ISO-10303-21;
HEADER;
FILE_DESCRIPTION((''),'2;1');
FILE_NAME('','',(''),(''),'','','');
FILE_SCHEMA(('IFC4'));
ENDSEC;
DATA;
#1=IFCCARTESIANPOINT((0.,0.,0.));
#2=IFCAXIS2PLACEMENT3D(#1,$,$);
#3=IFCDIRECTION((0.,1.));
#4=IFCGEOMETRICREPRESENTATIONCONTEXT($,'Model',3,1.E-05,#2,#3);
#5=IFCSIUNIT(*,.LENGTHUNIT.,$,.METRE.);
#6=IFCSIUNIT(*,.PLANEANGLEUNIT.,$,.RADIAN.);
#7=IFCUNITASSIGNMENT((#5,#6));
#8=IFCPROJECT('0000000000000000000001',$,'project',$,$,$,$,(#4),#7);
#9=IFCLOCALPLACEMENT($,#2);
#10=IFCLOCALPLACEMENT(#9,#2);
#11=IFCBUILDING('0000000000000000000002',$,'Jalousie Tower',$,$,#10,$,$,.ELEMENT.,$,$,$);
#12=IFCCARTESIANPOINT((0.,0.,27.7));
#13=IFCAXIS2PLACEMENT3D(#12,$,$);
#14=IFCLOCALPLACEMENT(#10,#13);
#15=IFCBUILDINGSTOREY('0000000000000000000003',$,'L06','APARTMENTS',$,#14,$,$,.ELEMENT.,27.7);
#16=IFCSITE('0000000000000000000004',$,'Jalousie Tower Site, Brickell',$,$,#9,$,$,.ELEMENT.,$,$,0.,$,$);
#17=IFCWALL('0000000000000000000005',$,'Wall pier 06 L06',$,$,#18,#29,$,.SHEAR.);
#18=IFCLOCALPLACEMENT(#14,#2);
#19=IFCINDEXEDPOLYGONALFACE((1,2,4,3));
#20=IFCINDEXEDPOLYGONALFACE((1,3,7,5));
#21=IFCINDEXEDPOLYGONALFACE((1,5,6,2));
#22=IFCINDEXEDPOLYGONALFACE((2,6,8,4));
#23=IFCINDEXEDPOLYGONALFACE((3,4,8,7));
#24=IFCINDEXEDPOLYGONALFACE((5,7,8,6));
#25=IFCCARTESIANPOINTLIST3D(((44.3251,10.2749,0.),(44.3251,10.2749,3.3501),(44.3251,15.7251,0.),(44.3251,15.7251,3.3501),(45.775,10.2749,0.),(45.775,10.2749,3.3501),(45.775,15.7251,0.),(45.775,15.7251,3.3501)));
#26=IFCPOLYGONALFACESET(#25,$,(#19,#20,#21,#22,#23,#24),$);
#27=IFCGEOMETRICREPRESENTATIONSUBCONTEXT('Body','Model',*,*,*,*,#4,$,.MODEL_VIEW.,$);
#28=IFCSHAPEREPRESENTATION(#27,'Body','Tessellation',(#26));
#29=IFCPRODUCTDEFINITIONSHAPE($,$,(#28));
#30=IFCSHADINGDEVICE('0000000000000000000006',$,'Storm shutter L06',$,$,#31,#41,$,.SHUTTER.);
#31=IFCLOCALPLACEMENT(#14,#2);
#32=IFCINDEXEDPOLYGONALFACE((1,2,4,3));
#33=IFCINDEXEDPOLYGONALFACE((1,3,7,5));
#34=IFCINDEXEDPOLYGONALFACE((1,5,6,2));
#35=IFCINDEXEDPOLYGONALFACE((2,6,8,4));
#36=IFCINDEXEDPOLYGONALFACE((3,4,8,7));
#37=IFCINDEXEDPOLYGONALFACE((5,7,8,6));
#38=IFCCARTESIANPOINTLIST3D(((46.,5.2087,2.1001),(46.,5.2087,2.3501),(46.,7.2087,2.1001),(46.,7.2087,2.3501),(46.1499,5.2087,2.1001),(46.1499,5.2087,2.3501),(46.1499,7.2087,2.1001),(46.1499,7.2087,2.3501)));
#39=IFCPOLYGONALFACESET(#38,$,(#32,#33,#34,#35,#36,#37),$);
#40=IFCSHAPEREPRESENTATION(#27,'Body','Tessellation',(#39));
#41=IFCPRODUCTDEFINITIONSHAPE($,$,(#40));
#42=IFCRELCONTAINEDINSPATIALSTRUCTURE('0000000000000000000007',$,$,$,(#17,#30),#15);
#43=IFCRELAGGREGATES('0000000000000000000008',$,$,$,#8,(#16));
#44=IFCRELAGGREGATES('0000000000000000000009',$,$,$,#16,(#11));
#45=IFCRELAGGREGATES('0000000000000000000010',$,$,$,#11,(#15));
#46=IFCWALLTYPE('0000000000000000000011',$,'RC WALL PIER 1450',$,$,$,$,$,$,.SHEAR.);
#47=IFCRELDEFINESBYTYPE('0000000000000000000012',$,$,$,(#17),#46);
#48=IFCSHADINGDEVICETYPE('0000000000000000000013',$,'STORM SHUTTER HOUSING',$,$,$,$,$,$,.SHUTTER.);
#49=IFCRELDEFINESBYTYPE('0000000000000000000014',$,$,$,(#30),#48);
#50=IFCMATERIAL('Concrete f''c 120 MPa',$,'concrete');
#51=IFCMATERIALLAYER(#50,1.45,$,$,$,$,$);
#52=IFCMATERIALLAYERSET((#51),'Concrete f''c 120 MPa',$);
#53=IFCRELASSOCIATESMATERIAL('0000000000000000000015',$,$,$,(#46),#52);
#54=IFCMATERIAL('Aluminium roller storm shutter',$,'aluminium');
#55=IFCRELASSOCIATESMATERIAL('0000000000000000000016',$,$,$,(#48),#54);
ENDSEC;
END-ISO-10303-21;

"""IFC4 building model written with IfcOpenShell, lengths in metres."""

from ifc_helpers import new_model, si_unit, direction, frame, frame_2d, origin, origin_2d, place, context, subcontext, project, spatial, rectangle, extrude, material, layer, layer_set, type_object, element, save


model = new_model("IFC4")

# Units and contexts
model_context = context("Model", 3, precision=1e-05, world=origin(), true_north=direction((0.0, 1.0)))
body_context = subcontext(model_context, "Body", "Model", "MODEL_VIEW")
ifc_project = project(units=[si_unit("LENGTHUNIT", "METRE"), si_unit("PLANEANGLEUNIT", "RADIAN")], contexts=[model_context])

# Site, building, storey
site_placement = place(None, origin())
site = spatial("IfcSite", under=ifc_project, at=site_placement, Name="Jalousie Tower Site, Brickell", CompositionType="ELEMENT", RefElevation=0.0)
building_placement = place(site_placement, origin())
building = spatial("IfcBuilding", under=site, at=building_placement, Name="Jalousie Tower", CompositionType="ELEMENT")
storey_placement = place(building_placement, frame((0.0, 0.0, 27.7)))
storey = spatial("IfcBuildingStorey", under=building, at=storey_placement, Name="L06", Description="APARTMENTS", CompositionType="ELEMENT", Elevation=27.7)

# Wall
ifc_material_1 = material(Name="Concrete f'c 120 MPa", Category="concrete")
ifc_layer_1 = layer(ifc_material_1, 1.45)
ifc_layer_set_1 = layer_set([ifc_layer_1], Name="Concrete f'c 120 MPa")
wall_type_1 = type_object("IfcWallType", Name="RC WALL PIER 1450", PredefinedType="SHEAR", material=ifc_layer_set_1)
wall_1_placement = place(storey_placement, frame((45.05, 10.2749, 0.0), z_axis=(0.0, 0.0, 1.0), x_axis=(0.0, 1.0, 0.0)))
element("IfcWall", 1, at=wall_1_placement, inside=storey, type_object=wall_type_1, Name="Wall pier 06 L06", PredefinedType="SHEAR", context=body_context, shape_type="SweptSolid", body=[
    extrude(rectangle(XDim=5.4502, YDim=1.45, at=frame_2d((2.7251, 0.0))), origin(), (0.0, 0.0, 1.0), 3.3501),
])

# Shading device
ifc_material_2 = material(Name="Aluminium roller storm shutter", Category="aluminium")
shading_device_type = type_object("IfcShadingDeviceType", Name="STORM SHUTTER HOUSING", PredefinedType="SHUTTER", material=ifc_material_2)
shading_device_placement = place(storey_placement, frame((46.075, 6.2087, 2.1001), z_axis=(0.0, 0.0, 1.0), x_axis=(0.0, 1.0, 0.0)))
element("IfcShadingDevice", 2, at=shading_device_placement, inside=storey, type_object=shading_device_type, Name="Storm shutter L06", PredefinedType="SHUTTER", context=body_context, shape_type="SweptSolid", body=[
    extrude(rectangle(XDim=2.0, YDim=0.1499, at=origin_2d()), origin(), (0.0, 0.0, 1.0), 0.25),
])

save(model, "model.ifc")
